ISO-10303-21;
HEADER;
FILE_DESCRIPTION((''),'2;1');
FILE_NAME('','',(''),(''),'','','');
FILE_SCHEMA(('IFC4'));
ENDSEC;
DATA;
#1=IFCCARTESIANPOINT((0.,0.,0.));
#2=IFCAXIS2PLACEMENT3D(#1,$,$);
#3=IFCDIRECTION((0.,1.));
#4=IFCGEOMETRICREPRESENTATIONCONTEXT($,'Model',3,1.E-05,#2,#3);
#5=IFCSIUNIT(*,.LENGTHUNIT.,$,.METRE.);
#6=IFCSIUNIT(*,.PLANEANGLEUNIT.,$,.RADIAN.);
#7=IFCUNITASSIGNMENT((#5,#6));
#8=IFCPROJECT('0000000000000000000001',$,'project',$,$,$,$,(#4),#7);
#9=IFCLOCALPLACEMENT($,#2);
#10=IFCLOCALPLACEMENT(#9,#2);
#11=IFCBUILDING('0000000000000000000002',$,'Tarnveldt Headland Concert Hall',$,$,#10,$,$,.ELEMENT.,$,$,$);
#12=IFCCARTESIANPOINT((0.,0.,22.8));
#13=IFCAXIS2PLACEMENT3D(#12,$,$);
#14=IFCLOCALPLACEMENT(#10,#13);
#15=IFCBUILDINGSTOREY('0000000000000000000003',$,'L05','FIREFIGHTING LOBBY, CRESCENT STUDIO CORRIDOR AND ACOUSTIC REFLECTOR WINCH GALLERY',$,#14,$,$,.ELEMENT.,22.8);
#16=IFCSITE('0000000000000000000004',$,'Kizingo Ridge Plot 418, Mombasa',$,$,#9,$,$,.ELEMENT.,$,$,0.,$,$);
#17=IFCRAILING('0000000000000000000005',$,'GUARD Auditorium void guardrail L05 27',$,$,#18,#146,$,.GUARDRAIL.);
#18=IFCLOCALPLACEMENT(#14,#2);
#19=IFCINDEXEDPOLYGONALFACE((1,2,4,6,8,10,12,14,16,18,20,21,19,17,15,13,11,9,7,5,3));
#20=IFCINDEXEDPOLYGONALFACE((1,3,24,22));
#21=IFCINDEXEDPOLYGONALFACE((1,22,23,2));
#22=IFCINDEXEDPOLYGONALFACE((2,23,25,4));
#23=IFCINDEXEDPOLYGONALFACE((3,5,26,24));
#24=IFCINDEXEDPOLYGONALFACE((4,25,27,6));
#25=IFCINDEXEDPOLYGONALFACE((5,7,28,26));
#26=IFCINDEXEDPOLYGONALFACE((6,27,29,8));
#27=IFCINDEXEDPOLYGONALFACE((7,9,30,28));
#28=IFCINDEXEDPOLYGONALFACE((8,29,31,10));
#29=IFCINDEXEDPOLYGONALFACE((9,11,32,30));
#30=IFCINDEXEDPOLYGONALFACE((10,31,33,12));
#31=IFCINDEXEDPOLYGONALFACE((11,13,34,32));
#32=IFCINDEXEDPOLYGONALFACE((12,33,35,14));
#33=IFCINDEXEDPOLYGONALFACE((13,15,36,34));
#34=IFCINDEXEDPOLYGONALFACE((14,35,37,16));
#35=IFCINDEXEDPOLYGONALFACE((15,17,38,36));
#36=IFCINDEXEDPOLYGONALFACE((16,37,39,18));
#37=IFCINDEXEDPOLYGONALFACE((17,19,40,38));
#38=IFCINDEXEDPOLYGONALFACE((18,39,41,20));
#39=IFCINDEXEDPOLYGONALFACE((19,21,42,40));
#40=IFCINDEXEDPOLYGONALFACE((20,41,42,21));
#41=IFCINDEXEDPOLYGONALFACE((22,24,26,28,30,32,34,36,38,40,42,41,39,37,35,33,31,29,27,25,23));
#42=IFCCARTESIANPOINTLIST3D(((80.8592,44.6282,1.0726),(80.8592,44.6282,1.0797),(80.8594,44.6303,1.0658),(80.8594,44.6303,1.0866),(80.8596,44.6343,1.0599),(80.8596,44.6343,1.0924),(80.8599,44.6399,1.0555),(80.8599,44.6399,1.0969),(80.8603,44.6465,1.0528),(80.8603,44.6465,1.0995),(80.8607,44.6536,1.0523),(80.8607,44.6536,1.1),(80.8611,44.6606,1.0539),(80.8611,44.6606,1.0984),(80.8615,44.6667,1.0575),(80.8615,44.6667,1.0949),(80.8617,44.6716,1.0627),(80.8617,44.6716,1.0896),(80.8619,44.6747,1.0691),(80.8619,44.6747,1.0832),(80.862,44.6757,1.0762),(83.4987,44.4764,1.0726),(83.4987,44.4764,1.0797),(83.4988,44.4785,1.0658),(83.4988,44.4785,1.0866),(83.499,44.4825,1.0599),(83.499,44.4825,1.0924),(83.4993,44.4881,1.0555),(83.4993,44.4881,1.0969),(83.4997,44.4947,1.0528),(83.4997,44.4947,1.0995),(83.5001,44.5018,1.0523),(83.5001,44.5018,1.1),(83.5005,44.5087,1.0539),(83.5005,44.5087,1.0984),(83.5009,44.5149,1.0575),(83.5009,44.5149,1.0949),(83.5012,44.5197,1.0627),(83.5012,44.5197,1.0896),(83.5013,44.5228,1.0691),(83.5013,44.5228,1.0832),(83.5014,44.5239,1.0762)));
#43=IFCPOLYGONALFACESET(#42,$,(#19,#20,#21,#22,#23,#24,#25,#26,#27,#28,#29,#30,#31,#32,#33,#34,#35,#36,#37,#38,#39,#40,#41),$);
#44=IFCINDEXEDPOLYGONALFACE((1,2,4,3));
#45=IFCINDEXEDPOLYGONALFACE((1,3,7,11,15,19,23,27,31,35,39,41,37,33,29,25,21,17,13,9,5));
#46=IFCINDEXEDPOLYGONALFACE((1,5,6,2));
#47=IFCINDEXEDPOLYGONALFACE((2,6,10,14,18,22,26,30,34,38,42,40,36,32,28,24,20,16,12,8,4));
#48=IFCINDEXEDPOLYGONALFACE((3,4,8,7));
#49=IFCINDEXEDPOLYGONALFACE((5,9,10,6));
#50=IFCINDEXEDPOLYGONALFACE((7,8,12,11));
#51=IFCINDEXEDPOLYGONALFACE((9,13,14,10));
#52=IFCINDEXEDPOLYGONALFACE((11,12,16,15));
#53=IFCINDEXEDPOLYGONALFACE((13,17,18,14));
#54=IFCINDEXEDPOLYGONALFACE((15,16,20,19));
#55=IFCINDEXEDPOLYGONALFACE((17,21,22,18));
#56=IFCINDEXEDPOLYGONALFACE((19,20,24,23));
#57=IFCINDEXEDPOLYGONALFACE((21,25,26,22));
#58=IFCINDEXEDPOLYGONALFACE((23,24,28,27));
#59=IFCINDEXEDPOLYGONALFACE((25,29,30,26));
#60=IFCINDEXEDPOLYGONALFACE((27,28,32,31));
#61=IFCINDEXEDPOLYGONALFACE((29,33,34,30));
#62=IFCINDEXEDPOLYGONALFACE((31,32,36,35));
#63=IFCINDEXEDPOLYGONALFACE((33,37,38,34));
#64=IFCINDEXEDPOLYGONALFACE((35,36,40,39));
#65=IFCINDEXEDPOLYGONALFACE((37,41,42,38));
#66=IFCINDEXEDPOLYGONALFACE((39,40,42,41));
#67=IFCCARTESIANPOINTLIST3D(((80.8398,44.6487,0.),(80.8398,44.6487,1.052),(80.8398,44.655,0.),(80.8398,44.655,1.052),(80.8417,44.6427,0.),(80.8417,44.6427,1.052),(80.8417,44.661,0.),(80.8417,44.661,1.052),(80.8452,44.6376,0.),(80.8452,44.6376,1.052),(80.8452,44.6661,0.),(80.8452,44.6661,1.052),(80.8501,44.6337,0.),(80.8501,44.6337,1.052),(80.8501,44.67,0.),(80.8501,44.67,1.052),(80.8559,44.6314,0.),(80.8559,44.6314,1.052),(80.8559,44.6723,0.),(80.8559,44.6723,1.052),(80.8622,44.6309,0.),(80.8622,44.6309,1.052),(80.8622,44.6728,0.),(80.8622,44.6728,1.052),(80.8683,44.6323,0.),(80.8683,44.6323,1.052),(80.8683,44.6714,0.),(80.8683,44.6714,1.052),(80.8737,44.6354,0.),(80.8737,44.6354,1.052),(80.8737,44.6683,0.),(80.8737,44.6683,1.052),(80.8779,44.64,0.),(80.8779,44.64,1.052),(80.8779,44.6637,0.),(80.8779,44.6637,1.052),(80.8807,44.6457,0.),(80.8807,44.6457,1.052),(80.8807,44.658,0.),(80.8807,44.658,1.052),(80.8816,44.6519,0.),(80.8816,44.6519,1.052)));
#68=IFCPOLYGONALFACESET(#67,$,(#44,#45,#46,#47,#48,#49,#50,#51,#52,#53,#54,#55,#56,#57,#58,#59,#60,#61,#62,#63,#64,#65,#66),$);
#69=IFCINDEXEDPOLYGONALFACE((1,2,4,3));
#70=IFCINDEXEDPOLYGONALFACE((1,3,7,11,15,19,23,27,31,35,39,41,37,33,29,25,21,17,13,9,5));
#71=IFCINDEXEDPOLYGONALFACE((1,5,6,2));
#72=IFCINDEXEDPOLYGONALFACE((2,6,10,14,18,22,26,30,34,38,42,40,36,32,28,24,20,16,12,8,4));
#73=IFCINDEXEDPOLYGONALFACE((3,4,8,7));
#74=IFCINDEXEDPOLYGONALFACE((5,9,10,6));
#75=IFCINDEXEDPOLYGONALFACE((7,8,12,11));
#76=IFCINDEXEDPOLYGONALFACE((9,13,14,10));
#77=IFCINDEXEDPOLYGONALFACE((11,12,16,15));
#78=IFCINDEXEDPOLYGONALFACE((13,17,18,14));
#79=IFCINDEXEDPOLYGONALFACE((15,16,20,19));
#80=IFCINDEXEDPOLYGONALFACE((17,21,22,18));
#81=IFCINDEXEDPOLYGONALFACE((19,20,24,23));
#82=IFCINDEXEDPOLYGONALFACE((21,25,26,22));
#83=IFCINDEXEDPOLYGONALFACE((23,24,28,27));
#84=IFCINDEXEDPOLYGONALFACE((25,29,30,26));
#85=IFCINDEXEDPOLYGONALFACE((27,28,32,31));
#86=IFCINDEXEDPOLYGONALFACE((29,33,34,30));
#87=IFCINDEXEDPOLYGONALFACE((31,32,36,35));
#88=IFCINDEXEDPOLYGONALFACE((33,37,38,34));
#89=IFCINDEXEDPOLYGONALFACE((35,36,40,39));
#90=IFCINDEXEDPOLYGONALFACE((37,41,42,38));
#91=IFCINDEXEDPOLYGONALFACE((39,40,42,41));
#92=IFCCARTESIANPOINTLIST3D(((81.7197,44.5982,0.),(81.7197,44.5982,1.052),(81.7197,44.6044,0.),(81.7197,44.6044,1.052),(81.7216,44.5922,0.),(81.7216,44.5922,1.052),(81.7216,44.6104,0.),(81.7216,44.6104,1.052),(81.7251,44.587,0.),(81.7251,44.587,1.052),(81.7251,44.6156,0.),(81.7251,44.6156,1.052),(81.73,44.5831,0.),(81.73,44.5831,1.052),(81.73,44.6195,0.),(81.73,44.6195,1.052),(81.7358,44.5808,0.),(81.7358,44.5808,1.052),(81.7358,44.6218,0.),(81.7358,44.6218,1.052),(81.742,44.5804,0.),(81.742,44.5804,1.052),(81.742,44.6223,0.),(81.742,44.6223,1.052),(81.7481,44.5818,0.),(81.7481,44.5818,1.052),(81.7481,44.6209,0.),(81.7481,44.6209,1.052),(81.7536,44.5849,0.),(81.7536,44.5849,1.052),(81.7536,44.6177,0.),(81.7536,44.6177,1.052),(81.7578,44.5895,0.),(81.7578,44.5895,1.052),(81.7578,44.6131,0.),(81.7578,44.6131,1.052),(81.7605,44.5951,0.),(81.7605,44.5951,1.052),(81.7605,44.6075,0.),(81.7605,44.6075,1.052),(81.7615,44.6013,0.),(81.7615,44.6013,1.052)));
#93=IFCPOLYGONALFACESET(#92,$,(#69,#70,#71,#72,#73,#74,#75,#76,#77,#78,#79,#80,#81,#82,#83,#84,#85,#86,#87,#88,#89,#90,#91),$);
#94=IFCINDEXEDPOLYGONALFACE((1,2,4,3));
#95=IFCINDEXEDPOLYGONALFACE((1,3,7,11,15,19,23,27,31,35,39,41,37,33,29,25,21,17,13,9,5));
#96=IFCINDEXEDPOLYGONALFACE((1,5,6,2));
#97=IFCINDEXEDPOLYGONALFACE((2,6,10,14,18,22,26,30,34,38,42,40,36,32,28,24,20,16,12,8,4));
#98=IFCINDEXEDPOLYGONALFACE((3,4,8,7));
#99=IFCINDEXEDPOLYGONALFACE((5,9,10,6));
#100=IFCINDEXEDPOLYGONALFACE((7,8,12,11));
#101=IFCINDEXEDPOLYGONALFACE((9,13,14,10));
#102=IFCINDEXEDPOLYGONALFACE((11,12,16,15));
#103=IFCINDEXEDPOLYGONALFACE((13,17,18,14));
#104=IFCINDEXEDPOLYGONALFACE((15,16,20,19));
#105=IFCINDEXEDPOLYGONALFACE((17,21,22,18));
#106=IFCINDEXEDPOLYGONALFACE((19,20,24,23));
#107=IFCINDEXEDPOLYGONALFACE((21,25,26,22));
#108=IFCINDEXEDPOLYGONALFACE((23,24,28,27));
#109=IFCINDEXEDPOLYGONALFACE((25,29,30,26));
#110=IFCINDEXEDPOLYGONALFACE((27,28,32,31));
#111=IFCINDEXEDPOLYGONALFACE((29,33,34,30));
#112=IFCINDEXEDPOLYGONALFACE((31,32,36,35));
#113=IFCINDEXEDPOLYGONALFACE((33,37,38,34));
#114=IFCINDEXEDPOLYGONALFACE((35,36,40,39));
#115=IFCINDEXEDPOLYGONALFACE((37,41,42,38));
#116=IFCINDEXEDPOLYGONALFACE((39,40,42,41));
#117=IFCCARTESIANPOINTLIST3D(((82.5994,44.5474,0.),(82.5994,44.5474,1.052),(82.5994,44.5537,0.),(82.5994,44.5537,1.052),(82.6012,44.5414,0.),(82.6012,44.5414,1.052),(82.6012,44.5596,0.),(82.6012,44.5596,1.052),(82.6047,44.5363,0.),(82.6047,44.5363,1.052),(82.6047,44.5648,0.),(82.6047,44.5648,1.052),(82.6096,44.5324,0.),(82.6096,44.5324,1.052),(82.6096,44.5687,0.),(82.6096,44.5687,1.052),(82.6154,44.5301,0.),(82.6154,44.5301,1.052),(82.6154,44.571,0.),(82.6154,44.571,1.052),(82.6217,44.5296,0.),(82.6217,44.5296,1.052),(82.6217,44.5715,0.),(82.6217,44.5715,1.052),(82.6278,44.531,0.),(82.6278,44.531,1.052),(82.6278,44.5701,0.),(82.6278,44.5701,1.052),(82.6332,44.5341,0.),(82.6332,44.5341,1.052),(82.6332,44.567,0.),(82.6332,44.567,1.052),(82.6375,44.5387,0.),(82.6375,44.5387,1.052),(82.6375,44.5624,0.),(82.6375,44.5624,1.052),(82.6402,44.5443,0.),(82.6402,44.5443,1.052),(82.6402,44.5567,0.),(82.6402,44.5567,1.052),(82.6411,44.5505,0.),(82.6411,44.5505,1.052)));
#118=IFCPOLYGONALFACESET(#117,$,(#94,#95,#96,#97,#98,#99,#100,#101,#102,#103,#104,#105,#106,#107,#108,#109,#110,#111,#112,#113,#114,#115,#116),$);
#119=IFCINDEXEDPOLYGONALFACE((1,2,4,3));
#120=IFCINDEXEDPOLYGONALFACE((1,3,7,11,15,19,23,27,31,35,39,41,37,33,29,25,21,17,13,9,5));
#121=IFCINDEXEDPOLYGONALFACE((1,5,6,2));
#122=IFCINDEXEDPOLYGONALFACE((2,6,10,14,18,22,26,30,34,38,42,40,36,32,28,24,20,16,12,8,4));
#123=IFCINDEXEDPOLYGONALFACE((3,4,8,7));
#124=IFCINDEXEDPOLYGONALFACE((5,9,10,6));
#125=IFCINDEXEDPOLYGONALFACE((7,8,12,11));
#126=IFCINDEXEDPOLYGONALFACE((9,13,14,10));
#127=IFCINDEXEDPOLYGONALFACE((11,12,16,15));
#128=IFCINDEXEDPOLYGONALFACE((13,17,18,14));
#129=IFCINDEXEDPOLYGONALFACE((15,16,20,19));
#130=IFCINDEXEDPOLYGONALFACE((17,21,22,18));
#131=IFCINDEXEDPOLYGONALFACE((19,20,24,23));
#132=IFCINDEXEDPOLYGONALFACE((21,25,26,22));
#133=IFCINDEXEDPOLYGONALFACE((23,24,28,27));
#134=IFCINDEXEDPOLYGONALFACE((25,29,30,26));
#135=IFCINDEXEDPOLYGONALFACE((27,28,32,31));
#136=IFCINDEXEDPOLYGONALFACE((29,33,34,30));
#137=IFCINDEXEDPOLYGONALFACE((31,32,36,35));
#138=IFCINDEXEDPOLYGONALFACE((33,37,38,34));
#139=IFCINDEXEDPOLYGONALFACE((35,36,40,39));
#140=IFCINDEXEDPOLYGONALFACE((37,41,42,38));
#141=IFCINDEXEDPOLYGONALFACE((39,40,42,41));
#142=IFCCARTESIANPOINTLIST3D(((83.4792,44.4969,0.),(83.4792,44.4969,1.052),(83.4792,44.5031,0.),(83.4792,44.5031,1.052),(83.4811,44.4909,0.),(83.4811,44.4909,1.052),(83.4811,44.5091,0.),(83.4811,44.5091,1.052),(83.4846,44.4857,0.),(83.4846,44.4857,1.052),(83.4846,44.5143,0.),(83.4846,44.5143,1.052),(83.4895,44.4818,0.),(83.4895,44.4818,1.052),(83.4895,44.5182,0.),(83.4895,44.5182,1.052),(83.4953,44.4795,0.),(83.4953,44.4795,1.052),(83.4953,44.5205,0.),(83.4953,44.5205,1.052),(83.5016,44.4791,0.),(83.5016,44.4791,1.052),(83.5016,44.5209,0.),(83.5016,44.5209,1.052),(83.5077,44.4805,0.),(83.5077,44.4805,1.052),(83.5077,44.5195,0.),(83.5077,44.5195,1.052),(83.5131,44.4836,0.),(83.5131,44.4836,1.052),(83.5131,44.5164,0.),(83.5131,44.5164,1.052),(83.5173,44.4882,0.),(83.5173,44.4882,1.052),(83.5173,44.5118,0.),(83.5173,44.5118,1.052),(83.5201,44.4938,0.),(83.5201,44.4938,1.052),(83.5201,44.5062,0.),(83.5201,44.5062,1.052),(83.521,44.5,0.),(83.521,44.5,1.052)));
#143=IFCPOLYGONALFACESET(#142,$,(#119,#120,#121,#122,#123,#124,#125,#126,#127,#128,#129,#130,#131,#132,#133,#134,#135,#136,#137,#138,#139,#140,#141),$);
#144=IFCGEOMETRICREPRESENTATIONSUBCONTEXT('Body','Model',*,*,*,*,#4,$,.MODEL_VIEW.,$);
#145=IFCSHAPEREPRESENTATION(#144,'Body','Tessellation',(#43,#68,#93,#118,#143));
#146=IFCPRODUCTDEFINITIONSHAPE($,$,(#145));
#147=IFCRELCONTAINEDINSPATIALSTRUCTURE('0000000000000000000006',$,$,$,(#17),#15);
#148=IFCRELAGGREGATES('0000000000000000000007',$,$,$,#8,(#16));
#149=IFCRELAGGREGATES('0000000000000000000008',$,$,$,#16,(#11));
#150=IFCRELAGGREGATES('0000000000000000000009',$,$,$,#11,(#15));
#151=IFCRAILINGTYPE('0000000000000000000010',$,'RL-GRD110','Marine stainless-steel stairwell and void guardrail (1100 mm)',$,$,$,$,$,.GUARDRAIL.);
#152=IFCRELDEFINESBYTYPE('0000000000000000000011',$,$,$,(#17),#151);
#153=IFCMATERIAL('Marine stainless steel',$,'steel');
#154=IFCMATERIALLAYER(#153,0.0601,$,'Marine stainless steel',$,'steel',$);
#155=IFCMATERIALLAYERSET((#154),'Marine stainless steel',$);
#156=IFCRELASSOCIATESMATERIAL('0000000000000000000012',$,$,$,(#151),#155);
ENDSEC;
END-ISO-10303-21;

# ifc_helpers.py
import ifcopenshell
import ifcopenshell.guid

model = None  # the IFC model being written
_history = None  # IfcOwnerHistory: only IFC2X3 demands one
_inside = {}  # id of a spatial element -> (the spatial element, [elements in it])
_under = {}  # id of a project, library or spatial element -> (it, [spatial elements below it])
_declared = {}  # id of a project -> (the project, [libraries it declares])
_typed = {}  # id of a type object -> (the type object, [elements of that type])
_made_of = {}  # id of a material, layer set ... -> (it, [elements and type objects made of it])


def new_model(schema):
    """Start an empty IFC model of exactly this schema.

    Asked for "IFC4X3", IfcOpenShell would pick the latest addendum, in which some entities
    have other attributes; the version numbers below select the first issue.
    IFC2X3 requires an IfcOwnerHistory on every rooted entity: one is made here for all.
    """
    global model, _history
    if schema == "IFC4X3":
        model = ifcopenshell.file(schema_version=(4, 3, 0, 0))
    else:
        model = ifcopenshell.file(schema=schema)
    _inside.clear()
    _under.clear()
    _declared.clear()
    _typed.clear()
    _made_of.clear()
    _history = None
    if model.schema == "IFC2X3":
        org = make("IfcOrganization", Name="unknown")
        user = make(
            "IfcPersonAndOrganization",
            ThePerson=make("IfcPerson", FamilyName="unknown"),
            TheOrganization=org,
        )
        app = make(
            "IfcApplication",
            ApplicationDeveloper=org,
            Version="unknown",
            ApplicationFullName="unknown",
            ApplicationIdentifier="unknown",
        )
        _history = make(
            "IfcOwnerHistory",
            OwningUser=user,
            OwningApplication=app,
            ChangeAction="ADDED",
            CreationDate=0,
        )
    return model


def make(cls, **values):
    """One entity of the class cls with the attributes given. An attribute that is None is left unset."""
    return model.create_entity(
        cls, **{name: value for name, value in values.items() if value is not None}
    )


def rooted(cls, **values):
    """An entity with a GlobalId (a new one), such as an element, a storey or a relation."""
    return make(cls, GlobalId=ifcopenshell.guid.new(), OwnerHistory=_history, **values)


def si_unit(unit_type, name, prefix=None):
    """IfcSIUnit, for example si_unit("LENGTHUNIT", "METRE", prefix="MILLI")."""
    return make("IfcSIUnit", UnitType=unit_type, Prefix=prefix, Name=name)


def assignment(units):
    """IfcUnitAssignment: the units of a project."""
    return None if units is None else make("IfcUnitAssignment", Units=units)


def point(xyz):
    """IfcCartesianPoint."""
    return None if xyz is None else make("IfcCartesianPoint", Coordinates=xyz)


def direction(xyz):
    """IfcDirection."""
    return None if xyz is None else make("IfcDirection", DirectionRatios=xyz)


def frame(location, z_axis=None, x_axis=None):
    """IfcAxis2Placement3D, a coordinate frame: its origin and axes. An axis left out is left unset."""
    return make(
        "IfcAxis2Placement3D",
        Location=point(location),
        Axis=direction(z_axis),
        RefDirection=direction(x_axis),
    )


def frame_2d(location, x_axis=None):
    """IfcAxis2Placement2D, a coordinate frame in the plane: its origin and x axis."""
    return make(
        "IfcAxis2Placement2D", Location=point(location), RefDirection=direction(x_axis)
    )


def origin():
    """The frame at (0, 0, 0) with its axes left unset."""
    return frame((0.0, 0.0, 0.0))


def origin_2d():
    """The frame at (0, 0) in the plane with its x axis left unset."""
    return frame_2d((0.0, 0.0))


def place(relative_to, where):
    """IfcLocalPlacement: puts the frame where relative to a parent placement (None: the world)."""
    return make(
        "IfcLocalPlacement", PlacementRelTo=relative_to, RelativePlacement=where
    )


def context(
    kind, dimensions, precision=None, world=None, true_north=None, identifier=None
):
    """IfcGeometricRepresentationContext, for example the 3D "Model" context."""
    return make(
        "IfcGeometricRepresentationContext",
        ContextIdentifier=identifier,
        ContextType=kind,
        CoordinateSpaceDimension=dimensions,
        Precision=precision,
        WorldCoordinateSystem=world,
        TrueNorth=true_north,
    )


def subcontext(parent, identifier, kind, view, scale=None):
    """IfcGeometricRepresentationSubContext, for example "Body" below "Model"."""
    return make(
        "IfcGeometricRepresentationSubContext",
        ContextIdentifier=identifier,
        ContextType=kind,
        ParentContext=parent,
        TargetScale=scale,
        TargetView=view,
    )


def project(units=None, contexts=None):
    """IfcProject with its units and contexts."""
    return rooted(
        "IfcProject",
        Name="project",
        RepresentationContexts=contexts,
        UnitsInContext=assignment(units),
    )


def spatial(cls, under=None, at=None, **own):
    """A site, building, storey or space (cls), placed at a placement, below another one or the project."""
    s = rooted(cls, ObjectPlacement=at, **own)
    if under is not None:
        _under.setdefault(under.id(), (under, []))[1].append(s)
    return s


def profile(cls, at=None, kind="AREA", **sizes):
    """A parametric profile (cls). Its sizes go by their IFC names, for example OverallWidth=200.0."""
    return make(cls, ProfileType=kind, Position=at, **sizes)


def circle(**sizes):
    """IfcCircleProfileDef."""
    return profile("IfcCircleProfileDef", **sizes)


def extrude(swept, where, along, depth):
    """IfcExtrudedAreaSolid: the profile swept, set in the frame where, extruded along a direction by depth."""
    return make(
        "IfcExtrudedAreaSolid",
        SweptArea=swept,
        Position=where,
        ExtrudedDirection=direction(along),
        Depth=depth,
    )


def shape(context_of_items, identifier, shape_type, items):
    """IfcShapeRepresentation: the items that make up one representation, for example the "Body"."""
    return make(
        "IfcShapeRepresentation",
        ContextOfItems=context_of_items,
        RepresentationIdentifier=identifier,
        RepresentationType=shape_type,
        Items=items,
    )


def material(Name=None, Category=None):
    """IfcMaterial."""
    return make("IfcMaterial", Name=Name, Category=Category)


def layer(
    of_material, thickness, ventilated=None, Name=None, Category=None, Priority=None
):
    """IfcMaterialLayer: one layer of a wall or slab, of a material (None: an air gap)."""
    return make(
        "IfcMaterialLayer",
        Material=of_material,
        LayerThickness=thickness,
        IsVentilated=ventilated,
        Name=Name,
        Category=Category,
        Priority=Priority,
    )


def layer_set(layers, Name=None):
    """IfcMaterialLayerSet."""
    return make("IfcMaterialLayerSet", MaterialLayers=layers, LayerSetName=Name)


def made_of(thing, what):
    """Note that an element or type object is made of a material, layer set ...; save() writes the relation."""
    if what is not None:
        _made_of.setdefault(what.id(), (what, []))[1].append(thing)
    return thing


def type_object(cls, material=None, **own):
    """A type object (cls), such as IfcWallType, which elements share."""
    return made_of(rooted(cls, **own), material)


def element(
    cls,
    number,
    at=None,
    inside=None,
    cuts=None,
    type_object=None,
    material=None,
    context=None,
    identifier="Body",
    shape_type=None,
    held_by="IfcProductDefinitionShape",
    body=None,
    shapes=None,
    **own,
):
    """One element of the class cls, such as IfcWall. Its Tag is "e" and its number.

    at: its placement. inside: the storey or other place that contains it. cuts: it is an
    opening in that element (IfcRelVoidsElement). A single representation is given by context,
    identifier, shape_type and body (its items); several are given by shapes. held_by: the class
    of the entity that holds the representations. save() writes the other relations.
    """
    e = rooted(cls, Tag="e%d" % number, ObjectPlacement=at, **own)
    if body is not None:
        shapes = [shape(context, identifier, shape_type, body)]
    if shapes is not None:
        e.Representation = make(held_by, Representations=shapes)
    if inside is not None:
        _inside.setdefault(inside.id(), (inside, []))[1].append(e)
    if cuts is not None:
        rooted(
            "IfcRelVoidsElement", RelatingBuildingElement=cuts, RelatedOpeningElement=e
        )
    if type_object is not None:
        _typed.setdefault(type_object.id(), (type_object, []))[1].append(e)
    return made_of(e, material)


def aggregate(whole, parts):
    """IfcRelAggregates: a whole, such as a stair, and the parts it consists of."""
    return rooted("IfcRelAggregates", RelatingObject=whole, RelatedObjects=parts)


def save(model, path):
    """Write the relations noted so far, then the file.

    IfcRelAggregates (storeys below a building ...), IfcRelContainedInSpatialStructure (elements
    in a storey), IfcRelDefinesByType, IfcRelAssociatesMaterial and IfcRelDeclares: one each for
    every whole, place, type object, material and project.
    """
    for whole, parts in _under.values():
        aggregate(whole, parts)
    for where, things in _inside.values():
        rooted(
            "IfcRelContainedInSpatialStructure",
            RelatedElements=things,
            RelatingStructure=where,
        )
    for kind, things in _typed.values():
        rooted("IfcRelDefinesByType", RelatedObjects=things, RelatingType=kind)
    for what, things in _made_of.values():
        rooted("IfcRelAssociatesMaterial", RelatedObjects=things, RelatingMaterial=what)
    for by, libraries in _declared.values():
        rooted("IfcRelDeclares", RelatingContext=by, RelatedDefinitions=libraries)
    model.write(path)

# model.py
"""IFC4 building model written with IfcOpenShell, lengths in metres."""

from ifc_helpers import new_model, si_unit, direction, frame, origin, origin_2d, place, context, subcontext, project, spatial, circle, extrude, material, layer, layer_set, type_object, element, save


model = new_model("IFC4")

# Units and contexts
model_context = context("Model", 3, precision=1e-05, world=origin(), true_north=direction((0.0, 1.0)))
body_context = subcontext(model_context, "Body", "Model", "MODEL_VIEW")
ifc_project = project(units=[si_unit("LENGTHUNIT", "METRE"), si_unit("PLANEANGLEUNIT", "RADIAN")], contexts=[model_context])

# Site, building, storey
site_placement = place(None, origin())
site = spatial("IfcSite", under=ifc_project, at=site_placement, Name="Kizingo Ridge Plot 418, Mombasa", CompositionType="ELEMENT", RefElevation=0.0)
building_placement = place(site_placement, origin())
building = spatial("IfcBuilding", under=site, at=building_placement, Name="Tarnveldt Headland Concert Hall", CompositionType="ELEMENT")
storey_placement = place(building_placement, frame((0.0, 0.0, 22.8)))
storey = spatial("IfcBuildingStorey", under=building, at=storey_placement, Name="L05", Description="FIREFIGHTING LOBBY, CRESCENT STUDIO CORRIDOR AND ACOUSTIC REFLECTOR WINCH GALLERY", CompositionType="ELEMENT", Elevation=22.8)

# Railing
ifc_material_1 = material(Name="Marine stainless steel", Category="steel")
ifc_layer_1 = layer(ifc_material_1, 0.0601, Name="Marine stainless steel", Category="steel")
ifc_layer_set_1 = layer_set([ifc_layer_1], Name="Marine stainless steel")
railing_type = type_object("IfcRailingType", Name="RL-GRD110", Description="Marine stainless-steel stairwell and void guardrail (1100 mm)", PredefinedType="GUARDRAIL", material=ifc_layer_set_1)
railing_1_placement = place(storey_placement, frame((80.8606, 44.6519, 0.0)))
element("IfcRailing", 1, at=railing_1_placement, inside=storey, type_object=railing_type, Name="GUARD Auditorium void guardrail L05 27", PredefinedType="GUARDRAIL", context=body_context, shape_type="SweptSolid", body=[
    extrude(circle(Radius=0.0239, at=origin_2d()), frame((0.0, 0.0, 1.0762), z_axis=(0.998349, -0.057439, 0.0), x_axis=(0.057439, 0.998349, 0.0)), (0.0, 0.0, 1.0), 2.6438),
    extrude(circle(Radius=0.021, at=origin_2d()), origin(), (0.0, 0.0, 1.0), 1.052),
    extrude(circle(Radius=0.021, at=origin_2d()), frame((0.8799, -0.0505, 0.0)), (0.0, 0.0, 1.0), 1.052),
    extrude(circle(Radius=0.021, at=origin_2d()), frame((1.7595, -0.1013, 0.0)), (0.0, 0.0, 1.0), 1.052),
    extrude(circle(Radius=0.021, at=origin_2d()), frame((2.6394, -0.1519, 0.0)), (0.0, 0.0, 1.0), 1.052),
])

save(model, "model.ifc")
